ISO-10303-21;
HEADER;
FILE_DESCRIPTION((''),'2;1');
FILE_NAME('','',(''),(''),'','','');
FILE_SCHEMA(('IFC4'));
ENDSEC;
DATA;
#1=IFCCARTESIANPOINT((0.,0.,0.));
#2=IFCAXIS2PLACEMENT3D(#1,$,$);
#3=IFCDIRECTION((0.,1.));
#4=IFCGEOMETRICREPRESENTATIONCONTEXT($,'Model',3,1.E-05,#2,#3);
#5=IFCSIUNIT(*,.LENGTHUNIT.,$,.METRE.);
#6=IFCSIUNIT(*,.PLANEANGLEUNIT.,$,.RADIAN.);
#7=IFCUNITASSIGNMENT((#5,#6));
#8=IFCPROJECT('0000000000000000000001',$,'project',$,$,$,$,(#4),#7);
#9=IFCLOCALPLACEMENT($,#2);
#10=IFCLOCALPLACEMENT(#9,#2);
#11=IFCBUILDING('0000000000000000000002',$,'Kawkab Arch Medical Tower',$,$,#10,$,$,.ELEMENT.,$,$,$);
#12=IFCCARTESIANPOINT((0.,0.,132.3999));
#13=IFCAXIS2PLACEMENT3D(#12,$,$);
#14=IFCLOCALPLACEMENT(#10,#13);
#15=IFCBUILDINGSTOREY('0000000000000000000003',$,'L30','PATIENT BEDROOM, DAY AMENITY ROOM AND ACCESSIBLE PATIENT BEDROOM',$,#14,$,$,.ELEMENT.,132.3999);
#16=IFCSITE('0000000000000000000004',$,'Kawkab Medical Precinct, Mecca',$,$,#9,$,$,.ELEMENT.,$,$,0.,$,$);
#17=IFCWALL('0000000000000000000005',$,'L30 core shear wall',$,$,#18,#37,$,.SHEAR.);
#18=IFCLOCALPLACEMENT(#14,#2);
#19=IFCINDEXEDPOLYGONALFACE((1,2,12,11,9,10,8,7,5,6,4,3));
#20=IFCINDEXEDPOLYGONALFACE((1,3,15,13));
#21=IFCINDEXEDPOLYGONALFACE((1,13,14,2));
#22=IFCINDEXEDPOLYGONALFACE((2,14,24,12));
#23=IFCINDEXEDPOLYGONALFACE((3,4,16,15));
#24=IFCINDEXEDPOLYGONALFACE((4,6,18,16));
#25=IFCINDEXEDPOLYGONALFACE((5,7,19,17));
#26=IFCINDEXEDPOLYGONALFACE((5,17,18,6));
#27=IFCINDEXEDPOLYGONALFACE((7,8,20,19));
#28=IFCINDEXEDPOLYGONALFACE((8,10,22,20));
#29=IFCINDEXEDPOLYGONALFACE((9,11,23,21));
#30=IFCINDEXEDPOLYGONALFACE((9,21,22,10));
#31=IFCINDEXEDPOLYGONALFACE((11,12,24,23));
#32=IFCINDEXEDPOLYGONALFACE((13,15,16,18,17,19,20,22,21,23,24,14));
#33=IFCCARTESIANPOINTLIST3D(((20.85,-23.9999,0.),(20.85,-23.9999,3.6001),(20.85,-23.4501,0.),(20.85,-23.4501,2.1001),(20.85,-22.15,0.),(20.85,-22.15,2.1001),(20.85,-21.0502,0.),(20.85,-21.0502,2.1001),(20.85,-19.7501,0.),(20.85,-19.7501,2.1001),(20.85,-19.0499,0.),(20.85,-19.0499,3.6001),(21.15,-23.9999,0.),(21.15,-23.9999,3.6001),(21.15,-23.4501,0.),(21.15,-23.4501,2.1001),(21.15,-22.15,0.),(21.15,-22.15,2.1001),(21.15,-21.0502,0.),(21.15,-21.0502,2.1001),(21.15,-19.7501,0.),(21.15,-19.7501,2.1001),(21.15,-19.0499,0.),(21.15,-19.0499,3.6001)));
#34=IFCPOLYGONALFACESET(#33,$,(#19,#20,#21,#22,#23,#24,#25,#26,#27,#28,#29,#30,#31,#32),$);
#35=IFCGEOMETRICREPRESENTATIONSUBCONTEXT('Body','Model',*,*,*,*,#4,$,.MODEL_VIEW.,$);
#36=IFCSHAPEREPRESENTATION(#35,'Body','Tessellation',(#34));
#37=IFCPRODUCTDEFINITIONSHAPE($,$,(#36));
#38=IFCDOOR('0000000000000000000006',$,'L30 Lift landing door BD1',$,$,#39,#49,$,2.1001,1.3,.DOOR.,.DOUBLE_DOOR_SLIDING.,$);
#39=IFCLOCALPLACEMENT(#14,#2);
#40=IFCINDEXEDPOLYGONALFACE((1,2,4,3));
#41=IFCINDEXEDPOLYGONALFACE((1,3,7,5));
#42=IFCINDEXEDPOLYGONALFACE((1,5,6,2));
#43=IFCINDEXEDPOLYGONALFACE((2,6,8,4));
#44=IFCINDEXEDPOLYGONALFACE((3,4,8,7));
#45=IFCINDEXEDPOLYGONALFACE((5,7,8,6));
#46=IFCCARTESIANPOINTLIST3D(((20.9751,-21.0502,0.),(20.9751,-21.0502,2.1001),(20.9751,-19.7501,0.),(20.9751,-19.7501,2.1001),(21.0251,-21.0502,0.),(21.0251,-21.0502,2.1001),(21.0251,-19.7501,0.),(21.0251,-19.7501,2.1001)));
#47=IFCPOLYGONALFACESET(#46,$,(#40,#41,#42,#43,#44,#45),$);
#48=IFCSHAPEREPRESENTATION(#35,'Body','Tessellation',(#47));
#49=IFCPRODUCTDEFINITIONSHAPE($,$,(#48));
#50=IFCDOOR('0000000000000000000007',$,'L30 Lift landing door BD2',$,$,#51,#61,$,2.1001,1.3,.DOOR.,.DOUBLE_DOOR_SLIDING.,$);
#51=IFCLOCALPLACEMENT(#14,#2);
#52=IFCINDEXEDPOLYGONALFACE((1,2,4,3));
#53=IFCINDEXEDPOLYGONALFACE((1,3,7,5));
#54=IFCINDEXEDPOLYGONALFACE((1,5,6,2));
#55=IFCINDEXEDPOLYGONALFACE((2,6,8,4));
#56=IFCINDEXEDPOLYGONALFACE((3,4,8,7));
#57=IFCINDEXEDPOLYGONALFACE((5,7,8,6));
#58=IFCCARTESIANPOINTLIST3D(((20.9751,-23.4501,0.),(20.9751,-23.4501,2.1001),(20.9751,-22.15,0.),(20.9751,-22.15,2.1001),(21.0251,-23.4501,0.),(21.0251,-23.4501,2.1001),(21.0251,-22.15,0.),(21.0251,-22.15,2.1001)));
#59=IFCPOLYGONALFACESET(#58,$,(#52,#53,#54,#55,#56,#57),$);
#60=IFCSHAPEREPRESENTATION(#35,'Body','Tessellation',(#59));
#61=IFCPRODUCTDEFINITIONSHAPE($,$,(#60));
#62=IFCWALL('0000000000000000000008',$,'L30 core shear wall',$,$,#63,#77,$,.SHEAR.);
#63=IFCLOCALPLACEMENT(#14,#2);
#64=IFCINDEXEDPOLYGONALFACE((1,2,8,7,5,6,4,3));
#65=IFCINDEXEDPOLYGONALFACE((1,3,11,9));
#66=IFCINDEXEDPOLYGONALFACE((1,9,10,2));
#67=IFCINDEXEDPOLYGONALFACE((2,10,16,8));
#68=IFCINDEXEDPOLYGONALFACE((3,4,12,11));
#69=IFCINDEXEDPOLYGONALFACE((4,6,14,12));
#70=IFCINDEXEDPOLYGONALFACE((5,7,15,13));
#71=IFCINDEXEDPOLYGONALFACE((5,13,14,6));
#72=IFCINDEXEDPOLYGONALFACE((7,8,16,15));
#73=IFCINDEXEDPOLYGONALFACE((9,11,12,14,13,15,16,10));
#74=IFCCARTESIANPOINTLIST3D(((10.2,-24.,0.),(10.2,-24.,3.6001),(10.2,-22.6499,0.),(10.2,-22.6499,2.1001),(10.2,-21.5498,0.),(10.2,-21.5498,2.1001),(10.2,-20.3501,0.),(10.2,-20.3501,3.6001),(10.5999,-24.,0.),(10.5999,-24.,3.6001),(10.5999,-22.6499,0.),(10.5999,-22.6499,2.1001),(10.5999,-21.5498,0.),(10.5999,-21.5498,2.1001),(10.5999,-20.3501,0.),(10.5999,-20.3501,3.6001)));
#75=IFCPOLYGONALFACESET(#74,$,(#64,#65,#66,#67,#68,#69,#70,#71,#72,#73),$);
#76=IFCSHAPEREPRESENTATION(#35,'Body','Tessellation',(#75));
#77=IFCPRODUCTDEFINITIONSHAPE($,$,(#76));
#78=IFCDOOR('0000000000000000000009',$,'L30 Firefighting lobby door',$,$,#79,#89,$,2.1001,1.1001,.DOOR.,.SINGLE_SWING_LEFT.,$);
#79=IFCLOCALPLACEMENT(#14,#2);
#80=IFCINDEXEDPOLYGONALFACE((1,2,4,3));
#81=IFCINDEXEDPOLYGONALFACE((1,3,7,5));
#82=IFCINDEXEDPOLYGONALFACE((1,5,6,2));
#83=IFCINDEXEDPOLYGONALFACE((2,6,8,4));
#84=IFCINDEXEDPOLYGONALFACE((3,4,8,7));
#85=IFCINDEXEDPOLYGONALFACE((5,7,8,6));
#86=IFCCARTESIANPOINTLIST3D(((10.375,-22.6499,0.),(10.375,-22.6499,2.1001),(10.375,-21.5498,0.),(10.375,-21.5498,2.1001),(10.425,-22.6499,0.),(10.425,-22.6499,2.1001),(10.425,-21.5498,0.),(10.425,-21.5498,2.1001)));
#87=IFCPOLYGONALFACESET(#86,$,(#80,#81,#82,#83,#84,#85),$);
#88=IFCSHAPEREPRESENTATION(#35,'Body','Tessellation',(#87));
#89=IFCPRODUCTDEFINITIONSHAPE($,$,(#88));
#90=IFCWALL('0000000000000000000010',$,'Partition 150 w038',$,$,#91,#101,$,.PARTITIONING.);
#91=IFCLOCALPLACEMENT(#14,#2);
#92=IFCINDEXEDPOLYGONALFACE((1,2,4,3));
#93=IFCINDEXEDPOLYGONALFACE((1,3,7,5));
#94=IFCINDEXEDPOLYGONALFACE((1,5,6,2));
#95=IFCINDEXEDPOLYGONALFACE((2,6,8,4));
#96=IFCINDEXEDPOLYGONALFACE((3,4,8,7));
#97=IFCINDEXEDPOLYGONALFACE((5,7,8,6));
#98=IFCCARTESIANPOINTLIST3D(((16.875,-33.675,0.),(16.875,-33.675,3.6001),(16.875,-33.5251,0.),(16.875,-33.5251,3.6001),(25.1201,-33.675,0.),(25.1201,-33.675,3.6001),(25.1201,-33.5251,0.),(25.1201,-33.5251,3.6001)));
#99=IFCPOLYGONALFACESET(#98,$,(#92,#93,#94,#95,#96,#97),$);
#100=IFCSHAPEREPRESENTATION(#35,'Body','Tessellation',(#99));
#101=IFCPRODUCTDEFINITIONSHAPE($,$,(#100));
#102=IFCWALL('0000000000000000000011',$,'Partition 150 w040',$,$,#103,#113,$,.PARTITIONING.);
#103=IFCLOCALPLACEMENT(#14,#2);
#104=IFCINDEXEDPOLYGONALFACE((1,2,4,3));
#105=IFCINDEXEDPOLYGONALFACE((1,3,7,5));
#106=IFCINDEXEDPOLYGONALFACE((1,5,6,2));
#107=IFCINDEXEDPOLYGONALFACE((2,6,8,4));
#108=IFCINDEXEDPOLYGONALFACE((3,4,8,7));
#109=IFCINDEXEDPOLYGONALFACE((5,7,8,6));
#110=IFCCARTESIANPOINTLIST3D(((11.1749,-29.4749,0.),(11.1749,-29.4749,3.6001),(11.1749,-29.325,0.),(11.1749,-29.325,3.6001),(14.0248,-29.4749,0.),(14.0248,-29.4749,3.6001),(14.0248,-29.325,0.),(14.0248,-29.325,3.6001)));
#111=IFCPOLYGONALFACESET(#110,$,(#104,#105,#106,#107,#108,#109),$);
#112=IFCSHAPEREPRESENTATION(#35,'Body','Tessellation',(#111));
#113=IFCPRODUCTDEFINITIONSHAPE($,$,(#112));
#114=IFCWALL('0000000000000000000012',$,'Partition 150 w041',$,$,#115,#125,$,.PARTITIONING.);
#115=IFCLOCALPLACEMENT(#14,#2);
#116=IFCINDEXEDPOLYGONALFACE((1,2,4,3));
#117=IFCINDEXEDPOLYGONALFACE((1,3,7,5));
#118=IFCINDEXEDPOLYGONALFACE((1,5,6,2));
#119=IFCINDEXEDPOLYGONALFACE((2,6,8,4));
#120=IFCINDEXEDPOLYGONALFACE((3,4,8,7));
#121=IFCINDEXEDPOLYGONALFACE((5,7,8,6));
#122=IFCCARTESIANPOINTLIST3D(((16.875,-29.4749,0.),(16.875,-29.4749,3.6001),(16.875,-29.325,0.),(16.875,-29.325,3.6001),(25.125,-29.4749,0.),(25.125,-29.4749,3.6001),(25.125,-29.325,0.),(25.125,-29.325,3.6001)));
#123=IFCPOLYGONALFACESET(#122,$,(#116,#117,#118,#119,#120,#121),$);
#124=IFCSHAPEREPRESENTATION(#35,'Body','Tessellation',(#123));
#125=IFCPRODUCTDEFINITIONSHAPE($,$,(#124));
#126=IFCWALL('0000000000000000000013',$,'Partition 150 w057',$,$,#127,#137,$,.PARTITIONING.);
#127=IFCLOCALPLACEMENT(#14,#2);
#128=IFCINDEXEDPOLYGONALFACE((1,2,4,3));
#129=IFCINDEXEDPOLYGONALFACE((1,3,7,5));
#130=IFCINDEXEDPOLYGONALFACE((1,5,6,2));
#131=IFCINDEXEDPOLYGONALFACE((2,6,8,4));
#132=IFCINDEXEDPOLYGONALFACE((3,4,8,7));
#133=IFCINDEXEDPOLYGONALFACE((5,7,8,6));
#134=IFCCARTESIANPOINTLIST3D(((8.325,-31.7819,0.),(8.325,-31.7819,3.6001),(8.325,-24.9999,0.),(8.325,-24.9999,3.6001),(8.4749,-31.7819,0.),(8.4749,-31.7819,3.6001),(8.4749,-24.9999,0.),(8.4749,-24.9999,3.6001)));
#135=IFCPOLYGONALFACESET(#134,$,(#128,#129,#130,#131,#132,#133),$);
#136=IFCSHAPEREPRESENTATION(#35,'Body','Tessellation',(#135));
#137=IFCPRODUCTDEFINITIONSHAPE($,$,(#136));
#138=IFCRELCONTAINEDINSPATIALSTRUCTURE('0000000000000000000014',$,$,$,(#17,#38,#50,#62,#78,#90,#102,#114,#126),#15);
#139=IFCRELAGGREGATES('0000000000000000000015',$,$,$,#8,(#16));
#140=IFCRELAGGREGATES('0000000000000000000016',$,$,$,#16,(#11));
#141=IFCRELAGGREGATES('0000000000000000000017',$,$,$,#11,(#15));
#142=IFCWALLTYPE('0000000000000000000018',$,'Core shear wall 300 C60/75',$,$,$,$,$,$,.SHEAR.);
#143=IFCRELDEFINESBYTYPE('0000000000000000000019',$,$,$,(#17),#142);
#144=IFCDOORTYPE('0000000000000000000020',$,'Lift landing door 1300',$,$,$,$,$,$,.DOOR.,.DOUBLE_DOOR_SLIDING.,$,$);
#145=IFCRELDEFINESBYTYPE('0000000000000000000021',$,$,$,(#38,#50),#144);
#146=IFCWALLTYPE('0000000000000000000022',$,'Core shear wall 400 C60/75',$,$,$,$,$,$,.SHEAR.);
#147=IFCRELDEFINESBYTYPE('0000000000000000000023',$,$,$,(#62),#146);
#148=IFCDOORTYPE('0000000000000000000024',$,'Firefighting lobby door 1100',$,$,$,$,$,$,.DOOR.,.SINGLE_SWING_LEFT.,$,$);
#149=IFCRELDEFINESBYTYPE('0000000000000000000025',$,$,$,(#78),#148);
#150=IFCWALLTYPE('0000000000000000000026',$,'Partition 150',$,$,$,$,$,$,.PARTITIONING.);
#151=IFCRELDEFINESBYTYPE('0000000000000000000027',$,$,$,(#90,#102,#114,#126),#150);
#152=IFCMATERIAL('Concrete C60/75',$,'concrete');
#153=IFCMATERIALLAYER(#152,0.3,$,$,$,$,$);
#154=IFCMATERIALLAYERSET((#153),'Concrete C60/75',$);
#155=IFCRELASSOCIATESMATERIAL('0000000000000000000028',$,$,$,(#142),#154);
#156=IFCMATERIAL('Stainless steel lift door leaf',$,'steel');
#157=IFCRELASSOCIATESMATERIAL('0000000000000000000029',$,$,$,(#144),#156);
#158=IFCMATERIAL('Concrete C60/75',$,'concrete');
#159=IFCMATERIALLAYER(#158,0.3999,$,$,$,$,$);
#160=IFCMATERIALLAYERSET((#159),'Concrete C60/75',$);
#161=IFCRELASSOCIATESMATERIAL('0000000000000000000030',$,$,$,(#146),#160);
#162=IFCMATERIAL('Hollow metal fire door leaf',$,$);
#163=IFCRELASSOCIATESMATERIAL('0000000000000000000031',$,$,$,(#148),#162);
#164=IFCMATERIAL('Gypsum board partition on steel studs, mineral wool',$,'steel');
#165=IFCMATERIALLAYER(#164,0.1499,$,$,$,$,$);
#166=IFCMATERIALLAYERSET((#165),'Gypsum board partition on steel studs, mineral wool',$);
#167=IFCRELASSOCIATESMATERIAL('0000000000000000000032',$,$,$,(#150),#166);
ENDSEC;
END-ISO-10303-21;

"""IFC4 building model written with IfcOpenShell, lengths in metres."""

from ifc_helpers import new_model, si_unit, direction, frame, frame_2d, origin, place, context, subcontext, project, spatial, rectangle, extrude, material, layer, layer_set, type_object, element, fill, save


model = new_model("IFC4")

# Units and contexts
model_context = context("Model", 3, precision=1e-05, world=origin(), true_north=direction((0.0, 1.0)))
body_context = subcontext(model_context, "Body", "Model", "MODEL_VIEW")
ifc_project = project(units=[si_unit("LENGTHUNIT", "METRE"), si_unit("PLANEANGLEUNIT", "RADIAN")], contexts=[model_context])

# Site, building, storey
site_placement = place(None, origin())
site = spatial("IfcSite", under=ifc_project, at=site_placement, Name="Kawkab Medical Precinct, Mecca", CompositionType="ELEMENT", RefElevation=0.0)
building_placement = place(site_placement, origin())
building = spatial("IfcBuilding", under=site, at=building_placement, Name="Kawkab Arch Medical Tower", CompositionType="ELEMENT")
storey_placement = place(building_placement, frame((0.0, 0.0, 132.3999)))
storey = spatial("IfcBuildingStorey", under=building, at=storey_placement, Name="L30", Description="PATIENT BEDROOM, DAY AMENITY ROOM AND ACCESSIBLE PATIENT BEDROOM", CompositionType="ELEMENT", Elevation=132.3999)

# Shared definitions
ifc_material_1 = material(Name="Concrete C60/75", Category="concrete")
ifc_layer_1 = layer(ifc_material_1, 0.3)
ifc_layer_set_1 = layer_set([ifc_layer_1], Name="Concrete C60/75")
wall_type_1 = type_object("IfcWallType", Name="Core shear wall 300 C60/75", PredefinedType="SHEAR", material=ifc_layer_set_1)
ifc_material_2 = material(Name="Stainless steel lift door leaf", Category="steel")
door_type_1 = type_object("IfcDoorType", Name="Lift landing door 1300", OperationType="DOUBLE_DOOR_SLIDING", PredefinedType="DOOR", material=ifc_material_2)

# Wall, openings, doors
wall_1_placement = place(storey_placement, frame((21.0, -24.0, 0.0), z_axis=(0.0, 0.0, 1.0), x_axis=(0.0, 1.0, 0.0)))
wall_1 = element("IfcWall", 1, at=wall_1_placement, inside=storey, type_object=wall_type_1, Name="L30 core shear wall", PredefinedType="SHEAR", context=body_context, shape_type="SweptSolid", body=[
    extrude(rectangle(XDim=4.95, YDim=0.3, at=frame_2d((2.4751, 0.0))), origin(), (0.0, 0.0, 1.0), 3.6001),
])
opening_1_placement = place(wall_1_placement, frame((2.95, 0.0, 0.0)))
opening_1 = element("IfcOpeningElement", 2, at=opening_1_placement, cuts=wall_1, PredefinedType="OPENING", context=body_context, shape_type="SweptSolid", body=[
    extrude(rectangle(XDim=1.3, YDim=2.1001, at=frame_2d((0.6499, 1.05))), frame((0.0, 0.1599, 0.0), z_axis=(0.0, -1.0, 0.0), x_axis=(1.0, 0.0, 0.0)), (0.0, 0.0, 1.0), 0.3201),
])
opening_2_placement = place(wall_1_placement, frame((0.55, 0.0, 0.0)))
opening_2 = element("IfcOpeningElement", 3, at=opening_2_placement, cuts=wall_1, PredefinedType="OPENING", context=body_context, shape_type="SweptSolid", body=[
    extrude(rectangle(XDim=1.3, YDim=2.1001, at=frame_2d((0.6499, 1.05))), frame((0.0, 0.1599, 0.0), z_axis=(0.0, -1.0, 0.0), x_axis=(1.0, 0.0, 0.0)), (0.0, 0.0, 1.0), 0.3201),
])
door_1_placement = place(opening_1_placement, origin())
door_1 = element("IfcDoor", 4, at=door_1_placement, inside=storey, type_object=door_type_1, Name="L30 Lift landing door BD1", OperationType="DOUBLE_DOOR_SLIDING", OverallHeight=2.1001, OverallWidth=1.3, PredefinedType="DOOR", context=body_context, shape_type="SweptSolid", body=[
    extrude(rectangle(XDim=1.3, YDim=2.1001, at=frame_2d((0.6499, 1.05))), frame((0.0, 0.0249, 0.0), z_axis=(0.0, -1.0, 0.0), x_axis=(1.0, 0.0, 0.0)), (0.0, 0.0, 1.0), 0.05),
])
fill(opening_1, door_1)
door_2_placement = place(opening_2_placement, origin())
door_2 = element("IfcDoor", 5, at=door_2_placement, inside=storey, type_object=door_type_1, Name="L30 Lift landing door BD2", OperationType="DOUBLE_DOOR_SLIDING", OverallHeight=2.1001, OverallWidth=1.3, PredefinedType="DOOR", context=body_context, shape_type="SweptSolid", body=[
    extrude(rectangle(XDim=1.3, YDim=2.1001, at=frame_2d((0.6499, 1.05))), frame((0.0, 0.0249, 0.0), z_axis=(0.0, -1.0, 0.0), x_axis=(1.0, 0.0, 0.0)), (0.0, 0.0, 1.0), 0.05),
])
fill(opening_2, door_2)

# Wall, opening, door
ifc_material_3 = material(Name="Concrete C60/75", Category="concrete")
ifc_layer_2 = layer(ifc_material_3, 0.3999)
ifc_layer_set_2 = layer_set([ifc_layer_2], Name="Concrete C60/75")
wall_type_2 = type_object("IfcWallType", Name="Core shear wall 400 C60/75", PredefinedType="SHEAR", material=ifc_layer_set_2)
wall_2_placement = place(storey_placement, frame((10.3999, -24.0, 0.0), z_axis=(0.0, 0.0, 1.0), x_axis=(0.0, 1.0, 0.0)))
wall_2 = element("IfcWall", 6, at=wall_2_placement, inside=storey, type_object=wall_type_2, Name="L30 core shear wall", PredefinedType="SHEAR", context=body_context, shape_type="SweptSolid", body=[
    extrude(rectangle(XDim=3.6499, YDim=0.3999, at=frame_2d((1.825, 0.0))), origin(), (0.0, 0.0, 1.0), 3.6001),
])
opening_3_placement = place(wall_2_placement, frame((1.3501, 0.0, 0.0)))
opening_3 = element("IfcOpeningElement", 7, at=opening_3_placement, cuts=wall_2, PredefinedType="OPENING", context=body_context, shape_type="SweptSolid", body=[
    extrude(rectangle(XDim=1.1001, YDim=2.1001, at=frame_2d((0.55, 1.05))), frame((0.0, 0.21, 0.0), z_axis=(0.0, -1.0, 0.0), x_axis=(1.0, 0.0, 0.0)), (0.0, 0.0, 1.0), 0.4199),
])
ifc_material_4 = material(Name="Hollow metal fire door leaf")
door_type_2 = type_object("IfcDoorType", Name="Firefighting lobby door 1100", OperationType="SINGLE_SWING_LEFT", PredefinedType="DOOR", material=ifc_material_4)
door_3_placement = place(opening_3_placement, origin())
door_3 = element("IfcDoor", 8, at=door_3_placement, inside=storey, type_object=door_type_2, Name="L30 Firefighting lobby door", OperationType="SINGLE_SWING_LEFT", OverallHeight=2.1001, OverallWidth=1.1001, PredefinedType="DOOR", context=body_context, shape_type="SweptSolid", body=[
    extrude(rectangle(XDim=1.1001, YDim=2.1001, at=frame_2d((0.55, 1.05))), frame((0.0, 0.0249, 0.0), z_axis=(0.0, -1.0, 0.0), x_axis=(1.0, 0.0, 0.0)), (0.0, 0.0, 1.0), 0.05),
])
fill(opening_3, door_3)

# Walls
ifc_material_5 = material(Name="Gypsum board partition on steel studs, mineral wool", Category="steel")
ifc_layer_3 = layer(ifc_material_5, 0.1499)
ifc_layer_set_3 = layer_set([ifc_layer_3], Name="Gypsum board partition on steel studs, mineral wool")
wall_type_3 = type_object("IfcWallType", Name="Partition 150", PredefinedType="PARTITIONING", material=ifc_layer_set_3)
wall_3_placement = place(storey_placement, frame((16.875, -33.6001, 0.0), z_axis=(0.0, 0.0, 1.0), x_axis=(1.0, 0.0, 0.0)))
element("IfcWall", 9, at=wall_3_placement, inside=storey, type_object=wall_type_3, Name="Partition 150 w038", PredefinedType="PARTITIONING", context=body_context, shape_type="SweptSolid", body=[
    extrude(rectangle(XDim=8.2451, YDim=0.1499, at=frame_2d((4.1226, 0.0))), origin(), (0.0, 0.0, 1.0), 3.6001),
])
wall_4_placement = place(storey_placement, frame((11.175, -29.3999, 0.0), z_axis=(0.0, 0.0, 1.0), x_axis=(1.0, 0.0, 0.0)))
element("IfcWall", 10, at=wall_4_placement, inside=storey, type_object=wall_type_3, Name="Partition 150 w040", PredefinedType="PARTITIONING", context=body_context, shape_type="SweptSolid", body=[
    extrude(rectangle(XDim=2.8499, YDim=0.1499, at=frame_2d((1.4248, 0.0))), origin(), (0.0, 0.0, 1.0), 3.6001),
])
wall_5_placement = place(storey_placement, frame((16.875, -29.3999, 0.0), z_axis=(0.0, 0.0, 1.0), x_axis=(1.0, 0.0, 0.0)))
element("IfcWall", 11, at=wall_5_placement, inside=storey, type_object=wall_type_3, Name="Partition 150 w041", PredefinedType="PARTITIONING", context=body_context, shape_type="SweptSolid", body=[
    extrude(rectangle(XDim=8.25, YDim=0.1499, at=frame_2d((4.125, 0.0))), origin(), (0.0, 0.0, 1.0), 3.6001),
])
wall_6_placement = place(storey_placement, frame((8.3999, -31.782, 0.0), z_axis=(0.0, 0.0, 1.0), x_axis=(0.0, 1.0, 0.0)))
element("IfcWall", 12, at=wall_6_placement, inside=storey, type_object=wall_type_3, Name="Partition 150 w057", PredefinedType="PARTITIONING", context=body_context, shape_type="SweptSolid", body=[
    extrude(rectangle(XDim=6.782, YDim=0.1499, at=frame_2d((3.3911, 0.0))), origin(), (0.0, 0.0, 1.0), 3.6001),
])

save(model, "model.ifc")
